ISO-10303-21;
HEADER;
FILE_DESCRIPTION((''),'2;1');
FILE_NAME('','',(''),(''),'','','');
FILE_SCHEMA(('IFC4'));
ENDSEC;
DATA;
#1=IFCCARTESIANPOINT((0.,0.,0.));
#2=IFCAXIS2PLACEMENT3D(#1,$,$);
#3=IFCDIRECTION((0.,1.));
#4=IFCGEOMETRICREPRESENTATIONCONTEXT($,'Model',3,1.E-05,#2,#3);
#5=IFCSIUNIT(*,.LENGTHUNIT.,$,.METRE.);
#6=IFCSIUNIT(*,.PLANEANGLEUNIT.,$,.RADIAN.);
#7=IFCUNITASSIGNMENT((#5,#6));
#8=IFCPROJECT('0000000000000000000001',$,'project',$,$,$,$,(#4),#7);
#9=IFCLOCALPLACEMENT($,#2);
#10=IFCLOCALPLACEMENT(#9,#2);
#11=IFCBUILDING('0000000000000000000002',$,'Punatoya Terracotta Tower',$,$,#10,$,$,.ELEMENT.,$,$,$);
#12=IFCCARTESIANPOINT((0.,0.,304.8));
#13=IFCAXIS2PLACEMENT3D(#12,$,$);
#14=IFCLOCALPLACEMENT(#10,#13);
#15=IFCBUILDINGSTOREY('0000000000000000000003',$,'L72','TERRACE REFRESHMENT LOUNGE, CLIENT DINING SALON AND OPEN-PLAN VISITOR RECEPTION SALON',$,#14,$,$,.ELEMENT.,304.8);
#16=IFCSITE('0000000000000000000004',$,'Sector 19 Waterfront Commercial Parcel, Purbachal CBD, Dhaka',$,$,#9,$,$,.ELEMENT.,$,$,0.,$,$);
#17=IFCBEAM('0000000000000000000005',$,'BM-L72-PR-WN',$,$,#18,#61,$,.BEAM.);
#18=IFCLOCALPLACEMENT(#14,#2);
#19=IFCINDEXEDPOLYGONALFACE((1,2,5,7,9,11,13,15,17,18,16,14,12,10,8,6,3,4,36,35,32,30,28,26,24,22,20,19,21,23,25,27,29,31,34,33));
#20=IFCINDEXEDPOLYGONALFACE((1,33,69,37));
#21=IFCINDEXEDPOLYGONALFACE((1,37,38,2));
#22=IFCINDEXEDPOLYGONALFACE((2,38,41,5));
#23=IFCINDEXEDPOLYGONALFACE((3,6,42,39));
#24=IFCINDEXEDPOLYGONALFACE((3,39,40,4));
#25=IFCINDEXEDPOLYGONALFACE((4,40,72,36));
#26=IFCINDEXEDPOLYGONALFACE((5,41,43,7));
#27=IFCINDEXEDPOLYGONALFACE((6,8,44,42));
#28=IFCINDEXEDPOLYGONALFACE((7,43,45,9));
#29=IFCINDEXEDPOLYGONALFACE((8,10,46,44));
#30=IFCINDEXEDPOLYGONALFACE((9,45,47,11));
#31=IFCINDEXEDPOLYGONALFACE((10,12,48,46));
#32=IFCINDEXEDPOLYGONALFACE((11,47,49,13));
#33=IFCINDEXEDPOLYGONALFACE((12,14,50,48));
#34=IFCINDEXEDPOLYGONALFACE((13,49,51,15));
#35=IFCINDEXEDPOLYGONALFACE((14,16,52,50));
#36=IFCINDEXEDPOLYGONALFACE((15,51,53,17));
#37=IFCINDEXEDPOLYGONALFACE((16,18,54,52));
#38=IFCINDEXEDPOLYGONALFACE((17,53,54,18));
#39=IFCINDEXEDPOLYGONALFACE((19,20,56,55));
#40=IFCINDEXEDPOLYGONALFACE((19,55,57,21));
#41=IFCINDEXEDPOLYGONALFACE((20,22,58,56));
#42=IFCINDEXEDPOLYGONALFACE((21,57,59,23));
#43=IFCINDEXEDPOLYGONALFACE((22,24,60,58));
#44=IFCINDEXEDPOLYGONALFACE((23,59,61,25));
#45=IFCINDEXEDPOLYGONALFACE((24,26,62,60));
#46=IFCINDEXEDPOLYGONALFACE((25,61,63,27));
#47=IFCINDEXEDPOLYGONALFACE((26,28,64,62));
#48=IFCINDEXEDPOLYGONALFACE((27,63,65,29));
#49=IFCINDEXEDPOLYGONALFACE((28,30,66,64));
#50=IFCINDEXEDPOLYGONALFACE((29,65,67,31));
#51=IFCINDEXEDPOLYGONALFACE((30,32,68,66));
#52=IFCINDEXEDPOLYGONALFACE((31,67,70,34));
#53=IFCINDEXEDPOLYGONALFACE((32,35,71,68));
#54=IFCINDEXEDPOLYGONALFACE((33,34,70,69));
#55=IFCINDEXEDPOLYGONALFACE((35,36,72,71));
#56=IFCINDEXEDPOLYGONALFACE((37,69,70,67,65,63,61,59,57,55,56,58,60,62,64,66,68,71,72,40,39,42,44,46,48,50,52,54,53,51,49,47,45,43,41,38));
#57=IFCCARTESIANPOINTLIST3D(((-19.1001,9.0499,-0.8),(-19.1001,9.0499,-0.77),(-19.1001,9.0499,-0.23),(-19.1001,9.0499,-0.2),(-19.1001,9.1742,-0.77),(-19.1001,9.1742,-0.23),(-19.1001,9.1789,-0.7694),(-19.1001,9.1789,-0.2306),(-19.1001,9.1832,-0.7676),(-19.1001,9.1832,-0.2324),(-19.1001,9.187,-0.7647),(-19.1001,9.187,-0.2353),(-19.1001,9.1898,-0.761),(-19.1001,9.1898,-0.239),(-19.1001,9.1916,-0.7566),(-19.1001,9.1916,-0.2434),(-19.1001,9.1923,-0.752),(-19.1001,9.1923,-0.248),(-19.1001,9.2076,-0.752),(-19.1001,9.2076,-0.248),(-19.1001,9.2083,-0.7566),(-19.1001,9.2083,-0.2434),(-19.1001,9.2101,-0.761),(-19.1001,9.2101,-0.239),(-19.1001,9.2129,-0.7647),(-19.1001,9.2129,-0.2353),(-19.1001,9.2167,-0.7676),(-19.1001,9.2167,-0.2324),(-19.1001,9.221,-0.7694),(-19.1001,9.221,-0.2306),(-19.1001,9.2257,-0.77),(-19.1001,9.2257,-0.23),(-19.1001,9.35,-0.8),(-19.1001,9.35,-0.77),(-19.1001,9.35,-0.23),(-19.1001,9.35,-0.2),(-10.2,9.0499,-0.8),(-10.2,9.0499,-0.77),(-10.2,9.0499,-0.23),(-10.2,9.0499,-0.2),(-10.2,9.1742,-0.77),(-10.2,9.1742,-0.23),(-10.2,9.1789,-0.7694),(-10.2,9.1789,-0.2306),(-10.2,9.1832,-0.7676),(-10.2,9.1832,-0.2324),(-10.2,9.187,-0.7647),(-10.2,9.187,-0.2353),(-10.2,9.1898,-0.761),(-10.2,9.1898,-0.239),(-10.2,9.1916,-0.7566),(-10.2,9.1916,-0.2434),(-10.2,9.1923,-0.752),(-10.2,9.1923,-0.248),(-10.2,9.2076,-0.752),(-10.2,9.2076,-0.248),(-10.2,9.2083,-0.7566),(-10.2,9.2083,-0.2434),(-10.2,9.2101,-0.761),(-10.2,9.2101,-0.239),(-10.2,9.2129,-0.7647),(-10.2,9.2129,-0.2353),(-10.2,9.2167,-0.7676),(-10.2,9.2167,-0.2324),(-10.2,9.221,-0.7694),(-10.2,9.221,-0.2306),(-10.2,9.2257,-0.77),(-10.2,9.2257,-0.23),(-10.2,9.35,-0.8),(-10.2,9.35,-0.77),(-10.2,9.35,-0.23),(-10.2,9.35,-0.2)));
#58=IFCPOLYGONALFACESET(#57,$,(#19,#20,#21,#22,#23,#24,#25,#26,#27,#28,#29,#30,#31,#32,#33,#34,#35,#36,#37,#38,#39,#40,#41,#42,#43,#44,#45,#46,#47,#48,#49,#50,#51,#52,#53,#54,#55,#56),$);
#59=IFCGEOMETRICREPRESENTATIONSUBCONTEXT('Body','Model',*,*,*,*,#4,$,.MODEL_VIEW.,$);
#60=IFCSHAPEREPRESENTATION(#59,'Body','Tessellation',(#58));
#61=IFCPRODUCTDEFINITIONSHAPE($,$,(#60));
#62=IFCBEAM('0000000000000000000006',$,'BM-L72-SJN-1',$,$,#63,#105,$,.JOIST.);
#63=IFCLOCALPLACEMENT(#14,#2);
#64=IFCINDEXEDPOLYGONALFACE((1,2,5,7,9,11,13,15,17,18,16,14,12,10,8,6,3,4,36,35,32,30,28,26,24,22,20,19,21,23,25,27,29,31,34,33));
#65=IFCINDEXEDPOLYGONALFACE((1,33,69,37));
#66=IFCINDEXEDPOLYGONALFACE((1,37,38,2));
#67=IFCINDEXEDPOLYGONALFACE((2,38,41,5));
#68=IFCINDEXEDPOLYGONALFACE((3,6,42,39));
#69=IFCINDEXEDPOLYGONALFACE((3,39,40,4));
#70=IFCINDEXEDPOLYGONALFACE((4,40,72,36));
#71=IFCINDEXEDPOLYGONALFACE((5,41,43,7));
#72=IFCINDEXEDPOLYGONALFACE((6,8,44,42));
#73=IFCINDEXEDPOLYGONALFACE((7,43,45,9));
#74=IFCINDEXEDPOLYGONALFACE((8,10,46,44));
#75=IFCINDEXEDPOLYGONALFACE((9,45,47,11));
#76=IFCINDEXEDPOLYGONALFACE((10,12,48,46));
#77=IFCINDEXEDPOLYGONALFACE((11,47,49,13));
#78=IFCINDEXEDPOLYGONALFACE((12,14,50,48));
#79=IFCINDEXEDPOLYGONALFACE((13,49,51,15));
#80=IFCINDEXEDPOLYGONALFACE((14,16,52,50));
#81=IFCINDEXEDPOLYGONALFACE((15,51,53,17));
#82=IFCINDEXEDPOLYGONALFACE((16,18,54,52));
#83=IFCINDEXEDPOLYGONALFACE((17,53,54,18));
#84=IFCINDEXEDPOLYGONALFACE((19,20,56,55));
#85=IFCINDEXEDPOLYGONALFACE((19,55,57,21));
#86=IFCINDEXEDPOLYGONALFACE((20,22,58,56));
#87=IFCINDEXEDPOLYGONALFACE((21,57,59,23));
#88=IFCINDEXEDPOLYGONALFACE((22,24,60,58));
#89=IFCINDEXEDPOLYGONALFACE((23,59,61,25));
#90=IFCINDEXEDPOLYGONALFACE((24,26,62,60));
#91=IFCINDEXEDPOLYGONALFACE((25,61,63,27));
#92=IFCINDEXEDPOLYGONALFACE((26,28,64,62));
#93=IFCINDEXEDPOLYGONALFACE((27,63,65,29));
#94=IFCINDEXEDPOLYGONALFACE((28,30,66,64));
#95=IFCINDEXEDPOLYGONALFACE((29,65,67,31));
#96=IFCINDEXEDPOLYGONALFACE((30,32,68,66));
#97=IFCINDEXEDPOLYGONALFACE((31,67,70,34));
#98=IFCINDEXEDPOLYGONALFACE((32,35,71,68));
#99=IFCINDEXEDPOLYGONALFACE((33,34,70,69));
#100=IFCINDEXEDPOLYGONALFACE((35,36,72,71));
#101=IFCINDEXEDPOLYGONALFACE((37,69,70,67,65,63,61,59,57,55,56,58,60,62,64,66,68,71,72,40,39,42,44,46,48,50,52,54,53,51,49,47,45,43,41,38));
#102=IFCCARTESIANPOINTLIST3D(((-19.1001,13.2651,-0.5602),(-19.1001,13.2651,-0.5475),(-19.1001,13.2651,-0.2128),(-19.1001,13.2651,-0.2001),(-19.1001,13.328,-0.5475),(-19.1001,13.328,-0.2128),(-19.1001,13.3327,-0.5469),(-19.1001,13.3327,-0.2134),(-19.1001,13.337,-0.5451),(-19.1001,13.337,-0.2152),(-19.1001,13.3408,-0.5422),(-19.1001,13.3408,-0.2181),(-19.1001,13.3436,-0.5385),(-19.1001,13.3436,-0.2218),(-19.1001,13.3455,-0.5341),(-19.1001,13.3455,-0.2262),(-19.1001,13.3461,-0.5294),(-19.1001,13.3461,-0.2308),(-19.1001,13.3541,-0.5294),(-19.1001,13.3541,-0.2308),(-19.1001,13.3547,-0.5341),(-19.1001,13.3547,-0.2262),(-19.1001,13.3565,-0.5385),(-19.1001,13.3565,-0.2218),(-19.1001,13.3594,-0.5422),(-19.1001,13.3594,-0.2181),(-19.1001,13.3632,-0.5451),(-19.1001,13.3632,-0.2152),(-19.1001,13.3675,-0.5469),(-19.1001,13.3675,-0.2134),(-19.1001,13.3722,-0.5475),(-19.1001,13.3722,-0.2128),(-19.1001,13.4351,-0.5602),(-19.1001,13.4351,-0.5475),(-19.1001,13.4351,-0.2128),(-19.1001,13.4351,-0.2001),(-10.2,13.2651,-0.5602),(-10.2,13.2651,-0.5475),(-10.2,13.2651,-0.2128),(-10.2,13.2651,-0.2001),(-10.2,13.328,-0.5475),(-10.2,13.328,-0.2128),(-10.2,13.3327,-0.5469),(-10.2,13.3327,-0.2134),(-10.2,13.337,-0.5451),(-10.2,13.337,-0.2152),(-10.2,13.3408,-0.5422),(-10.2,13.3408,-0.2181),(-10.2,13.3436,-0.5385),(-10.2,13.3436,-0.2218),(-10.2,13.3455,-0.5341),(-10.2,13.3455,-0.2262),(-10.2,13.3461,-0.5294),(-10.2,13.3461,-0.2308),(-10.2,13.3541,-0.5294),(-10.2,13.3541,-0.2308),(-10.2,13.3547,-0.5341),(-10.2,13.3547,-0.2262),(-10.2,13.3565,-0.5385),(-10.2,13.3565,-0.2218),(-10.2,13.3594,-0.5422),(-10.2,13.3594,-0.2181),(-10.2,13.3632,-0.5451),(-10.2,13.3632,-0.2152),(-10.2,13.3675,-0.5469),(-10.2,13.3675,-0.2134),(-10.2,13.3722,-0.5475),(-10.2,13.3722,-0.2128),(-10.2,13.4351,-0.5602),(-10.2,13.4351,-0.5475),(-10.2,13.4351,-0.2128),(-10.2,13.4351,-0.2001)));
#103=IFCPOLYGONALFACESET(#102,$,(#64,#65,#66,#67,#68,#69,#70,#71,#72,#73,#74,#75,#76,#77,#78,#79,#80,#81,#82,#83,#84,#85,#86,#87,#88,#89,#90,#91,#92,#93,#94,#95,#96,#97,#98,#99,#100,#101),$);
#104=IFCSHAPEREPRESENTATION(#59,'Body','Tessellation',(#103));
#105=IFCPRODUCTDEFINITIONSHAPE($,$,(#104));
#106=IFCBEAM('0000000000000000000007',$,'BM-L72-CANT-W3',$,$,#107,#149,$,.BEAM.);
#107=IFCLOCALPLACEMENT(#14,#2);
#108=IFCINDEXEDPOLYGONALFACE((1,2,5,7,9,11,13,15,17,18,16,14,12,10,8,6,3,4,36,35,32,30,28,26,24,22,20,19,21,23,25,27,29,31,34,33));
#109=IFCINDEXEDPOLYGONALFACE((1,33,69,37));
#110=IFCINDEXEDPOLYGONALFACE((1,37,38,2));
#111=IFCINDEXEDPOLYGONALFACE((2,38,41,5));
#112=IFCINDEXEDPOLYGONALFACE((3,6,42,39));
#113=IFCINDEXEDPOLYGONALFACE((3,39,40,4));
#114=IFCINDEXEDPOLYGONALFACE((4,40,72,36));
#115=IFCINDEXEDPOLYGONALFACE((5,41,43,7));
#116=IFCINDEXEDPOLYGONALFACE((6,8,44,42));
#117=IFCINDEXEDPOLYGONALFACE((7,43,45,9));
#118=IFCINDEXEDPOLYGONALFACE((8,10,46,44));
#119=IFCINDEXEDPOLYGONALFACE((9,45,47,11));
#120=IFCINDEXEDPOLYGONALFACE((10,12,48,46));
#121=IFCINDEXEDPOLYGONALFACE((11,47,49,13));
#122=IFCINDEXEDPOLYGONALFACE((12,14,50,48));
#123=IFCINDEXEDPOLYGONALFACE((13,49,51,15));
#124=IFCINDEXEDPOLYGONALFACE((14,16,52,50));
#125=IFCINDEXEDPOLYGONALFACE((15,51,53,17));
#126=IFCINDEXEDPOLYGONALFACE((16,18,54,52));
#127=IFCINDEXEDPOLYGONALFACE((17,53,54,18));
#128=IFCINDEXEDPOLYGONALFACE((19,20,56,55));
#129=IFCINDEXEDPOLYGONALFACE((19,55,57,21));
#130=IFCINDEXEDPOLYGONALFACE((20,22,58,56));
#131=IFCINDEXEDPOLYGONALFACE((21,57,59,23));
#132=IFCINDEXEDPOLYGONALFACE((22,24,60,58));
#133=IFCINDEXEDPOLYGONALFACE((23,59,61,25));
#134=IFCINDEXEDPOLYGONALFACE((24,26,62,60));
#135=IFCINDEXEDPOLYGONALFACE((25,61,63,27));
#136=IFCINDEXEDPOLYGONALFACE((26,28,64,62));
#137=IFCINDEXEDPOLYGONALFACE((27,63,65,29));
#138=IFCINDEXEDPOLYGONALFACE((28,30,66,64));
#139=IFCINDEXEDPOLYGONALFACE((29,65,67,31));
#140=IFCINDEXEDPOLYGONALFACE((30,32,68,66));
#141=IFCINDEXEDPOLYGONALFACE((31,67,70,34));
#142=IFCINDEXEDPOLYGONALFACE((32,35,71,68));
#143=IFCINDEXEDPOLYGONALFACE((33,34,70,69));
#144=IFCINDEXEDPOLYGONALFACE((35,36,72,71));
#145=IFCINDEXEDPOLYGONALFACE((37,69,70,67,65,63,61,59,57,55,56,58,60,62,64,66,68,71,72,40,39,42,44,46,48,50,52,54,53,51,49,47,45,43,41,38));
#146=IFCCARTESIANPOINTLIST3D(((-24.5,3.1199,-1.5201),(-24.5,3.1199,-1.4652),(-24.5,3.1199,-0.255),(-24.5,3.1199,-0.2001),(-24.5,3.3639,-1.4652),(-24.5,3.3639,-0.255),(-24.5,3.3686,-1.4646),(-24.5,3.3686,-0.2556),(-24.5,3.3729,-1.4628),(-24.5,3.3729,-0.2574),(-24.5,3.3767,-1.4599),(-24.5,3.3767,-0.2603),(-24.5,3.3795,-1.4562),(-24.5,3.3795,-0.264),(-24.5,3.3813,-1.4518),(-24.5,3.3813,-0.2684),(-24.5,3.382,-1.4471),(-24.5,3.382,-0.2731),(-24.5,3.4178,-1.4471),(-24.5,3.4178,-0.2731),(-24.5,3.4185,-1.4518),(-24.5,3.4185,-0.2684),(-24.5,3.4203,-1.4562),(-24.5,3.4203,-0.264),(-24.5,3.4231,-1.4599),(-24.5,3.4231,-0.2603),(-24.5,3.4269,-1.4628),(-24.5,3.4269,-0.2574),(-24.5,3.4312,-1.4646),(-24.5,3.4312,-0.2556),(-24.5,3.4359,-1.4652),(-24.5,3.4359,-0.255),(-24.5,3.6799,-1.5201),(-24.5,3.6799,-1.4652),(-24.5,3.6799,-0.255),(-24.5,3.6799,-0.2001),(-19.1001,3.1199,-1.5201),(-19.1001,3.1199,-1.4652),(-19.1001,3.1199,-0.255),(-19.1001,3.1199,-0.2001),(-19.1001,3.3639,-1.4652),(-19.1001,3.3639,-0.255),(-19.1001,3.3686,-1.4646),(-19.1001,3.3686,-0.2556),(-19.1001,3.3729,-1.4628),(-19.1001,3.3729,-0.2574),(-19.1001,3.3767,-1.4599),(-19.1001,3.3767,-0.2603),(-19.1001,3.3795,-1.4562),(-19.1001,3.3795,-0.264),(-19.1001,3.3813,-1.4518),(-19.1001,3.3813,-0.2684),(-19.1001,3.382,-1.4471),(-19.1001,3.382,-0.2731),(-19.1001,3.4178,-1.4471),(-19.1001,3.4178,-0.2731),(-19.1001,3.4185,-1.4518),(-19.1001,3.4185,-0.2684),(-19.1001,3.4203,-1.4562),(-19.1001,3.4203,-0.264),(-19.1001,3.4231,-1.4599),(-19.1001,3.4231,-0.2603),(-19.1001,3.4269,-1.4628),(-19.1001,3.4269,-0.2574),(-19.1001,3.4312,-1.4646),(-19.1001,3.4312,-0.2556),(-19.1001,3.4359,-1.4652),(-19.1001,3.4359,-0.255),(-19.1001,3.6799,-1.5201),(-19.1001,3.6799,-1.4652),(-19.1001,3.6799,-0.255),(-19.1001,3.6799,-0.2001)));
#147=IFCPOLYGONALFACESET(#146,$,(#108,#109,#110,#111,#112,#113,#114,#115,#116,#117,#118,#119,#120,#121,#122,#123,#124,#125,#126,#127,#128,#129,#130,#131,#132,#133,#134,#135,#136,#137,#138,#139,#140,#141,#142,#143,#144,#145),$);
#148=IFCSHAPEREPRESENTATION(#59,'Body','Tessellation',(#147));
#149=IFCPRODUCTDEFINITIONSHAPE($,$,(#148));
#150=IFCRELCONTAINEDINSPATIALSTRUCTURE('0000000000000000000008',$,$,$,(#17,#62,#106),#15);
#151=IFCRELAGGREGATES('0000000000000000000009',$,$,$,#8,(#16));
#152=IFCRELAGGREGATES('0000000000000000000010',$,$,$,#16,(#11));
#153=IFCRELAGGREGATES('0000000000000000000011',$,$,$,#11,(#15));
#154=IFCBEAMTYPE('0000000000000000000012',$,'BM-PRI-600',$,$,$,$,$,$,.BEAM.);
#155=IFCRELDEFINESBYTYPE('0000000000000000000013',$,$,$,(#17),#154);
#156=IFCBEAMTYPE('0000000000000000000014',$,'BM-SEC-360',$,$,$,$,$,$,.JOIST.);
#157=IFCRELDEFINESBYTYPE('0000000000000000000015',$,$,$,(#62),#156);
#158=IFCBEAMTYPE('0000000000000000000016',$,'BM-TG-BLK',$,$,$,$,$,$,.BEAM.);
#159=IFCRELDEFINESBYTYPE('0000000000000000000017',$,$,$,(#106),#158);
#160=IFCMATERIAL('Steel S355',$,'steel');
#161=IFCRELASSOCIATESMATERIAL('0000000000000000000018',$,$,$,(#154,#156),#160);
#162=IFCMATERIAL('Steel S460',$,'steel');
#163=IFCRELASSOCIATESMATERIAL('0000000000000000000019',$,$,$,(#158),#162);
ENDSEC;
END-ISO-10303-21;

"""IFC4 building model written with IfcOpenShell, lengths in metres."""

from ifc_helpers import new_model, si_unit, direction, frame, origin, origin_2d, place, context, subcontext, project, spatial, i_section, extrude, material, material_profile, profile_set, type_object, element, save


model = new_model("IFC4")

# Units and contexts
model_context = context("Model", 3, precision=1e-05, world=origin(), true_north=direction((0.0, 1.0)))
body_context = subcontext(model_context, "Body", "Model", "MODEL_VIEW")
ifc_project = project(units=[si_unit("LENGTHUNIT", "METRE"), si_unit("PLANEANGLEUNIT", "RADIAN")], contexts=[model_context])

# Site, building, storey
site_placement = place(None, origin())
site = spatial("IfcSite", under=ifc_project, at=site_placement, Name="Sector 19 Waterfront Commercial Parcel, Purbachal CBD, Dhaka", CompositionType="ELEMENT", RefElevation=0.0)
building_placement = place(site_placement, origin())
building = spatial("IfcBuilding", under=site, at=building_placement, Name="Punatoya Terracotta Tower", CompositionType="ELEMENT")
storey_placement = place(building_placement, frame((0.0, 0.0, 304.8)))
storey = spatial("IfcBuildingStorey", under=building, at=storey_placement, Name="L72", Description="TERRACE REFRESHMENT LOUNGE, CLIENT DINING SALON AND OPEN-PLAN VISITOR RECEPTION SALON", CompositionType="ELEMENT", Elevation=304.8)

# Shared definitions
ifc_material_1 = material(Name="Steel S460", Category="steel")

# Beams
ifc_material_2 = material(Name="Steel S355", Category="steel")
ifc_material_profile_1 = material_profile(ifc_material_2, i_section(OverallWidth=0.3, OverallDepth=0.6001, WebThickness=0.0154, FlangeThickness=0.03, FilletRadius=0.0181, at=origin_2d()))
ifc_profile_set_1 = profile_set([ifc_material_profile_1], Name="Steel S355")
beam_type_1 = type_object("IfcBeamType", Name="BM-PRI-600", PredefinedType="BEAM", material=ifc_profile_set_1)
for number, where, z_axis, x_axis, name in (
    (1, (-19.1001, 9.2, -0.5), (1.0, 0.0, 0.0), (0.0, 1.0, 0.0), "BM-L72-PR-WN"),
):
    element("IfcBeam", number, at=place(storey_placement, frame(where, z_axis=z_axis, x_axis=x_axis)), inside=storey, type_object=beam_type_1, Name=name, PredefinedType="BEAM", context=body_context, shape_type="SweptSolid", body=[
        extrude(i_section(OverallWidth=0.3, OverallDepth=0.6001, WebThickness=0.0154, FlangeThickness=0.03, FilletRadius=0.0181, at=origin_2d()), origin(), (0.0, 0.0, 1.0), 8.9001),
    ])
ifc_material_profile_2 = material_profile(ifc_material_2, i_section(OverallWidth=0.1699, OverallDepth=0.3601, WebThickness=0.0081, FlangeThickness=0.0127, FilletRadius=0.0181, at=origin_2d()))
ifc_profile_set_2 = profile_set([ifc_material_profile_2], Name="Steel S355")
beam_type_2 = type_object("IfcBeamType", Name="BM-SEC-360", PredefinedType="JOIST", material=ifc_profile_set_2)
beam_1_placement = place(storey_placement, frame((-19.1001, 13.3501, -0.3801), z_axis=(1.0, 0.0, 0.0), x_axis=(0.0, 1.0, 0.0)))
element("IfcBeam", 2, at=beam_1_placement, inside=storey, type_object=beam_type_2, Name="BM-L72-SJN-1", PredefinedType="JOIST", context=body_context, shape_type="SweptSolid", body=[
    extrude(i_section(OverallWidth=0.1699, OverallDepth=0.3601, WebThickness=0.0081, FlangeThickness=0.0127, FilletRadius=0.0181, at=origin_2d()), origin(), (0.0, 0.0, 1.0), 8.9001),
])
ifc_material_profile_3 = material_profile(ifc_material_1, i_section(OverallWidth=0.5601, OverallDepth=1.3201, WebThickness=0.0359, FlangeThickness=0.0549, FilletRadius=0.0181, at=origin_2d()))
ifc_profile_set_3 = profile_set([ifc_material_profile_3], Name="Steel S460")
beam_type_3 = type_object("IfcBeamType", Name="BM-TG-BLK", PredefinedType="BEAM", material=ifc_profile_set_3)
beam_2_placement = place(storey_placement, frame((-24.5, 3.3999, -0.8601), z_axis=(1.0, 0.0, 0.0), x_axis=(0.0, 1.0, 0.0)))
element("IfcBeam", 3, at=beam_2_placement, inside=storey, type_object=beam_type_3, Name="BM-L72-CANT-W3", PredefinedType="BEAM", context=body_context, shape_type="SweptSolid", body=[
    extrude(i_section(OverallWidth=0.5601, OverallDepth=1.3201, WebThickness=0.0359, FlangeThickness=0.0549, FilletRadius=0.0181, at=origin_2d()), origin(), (0.0, 0.0, 1.0), 5.3999),
])

save(model, "model.ifc")
